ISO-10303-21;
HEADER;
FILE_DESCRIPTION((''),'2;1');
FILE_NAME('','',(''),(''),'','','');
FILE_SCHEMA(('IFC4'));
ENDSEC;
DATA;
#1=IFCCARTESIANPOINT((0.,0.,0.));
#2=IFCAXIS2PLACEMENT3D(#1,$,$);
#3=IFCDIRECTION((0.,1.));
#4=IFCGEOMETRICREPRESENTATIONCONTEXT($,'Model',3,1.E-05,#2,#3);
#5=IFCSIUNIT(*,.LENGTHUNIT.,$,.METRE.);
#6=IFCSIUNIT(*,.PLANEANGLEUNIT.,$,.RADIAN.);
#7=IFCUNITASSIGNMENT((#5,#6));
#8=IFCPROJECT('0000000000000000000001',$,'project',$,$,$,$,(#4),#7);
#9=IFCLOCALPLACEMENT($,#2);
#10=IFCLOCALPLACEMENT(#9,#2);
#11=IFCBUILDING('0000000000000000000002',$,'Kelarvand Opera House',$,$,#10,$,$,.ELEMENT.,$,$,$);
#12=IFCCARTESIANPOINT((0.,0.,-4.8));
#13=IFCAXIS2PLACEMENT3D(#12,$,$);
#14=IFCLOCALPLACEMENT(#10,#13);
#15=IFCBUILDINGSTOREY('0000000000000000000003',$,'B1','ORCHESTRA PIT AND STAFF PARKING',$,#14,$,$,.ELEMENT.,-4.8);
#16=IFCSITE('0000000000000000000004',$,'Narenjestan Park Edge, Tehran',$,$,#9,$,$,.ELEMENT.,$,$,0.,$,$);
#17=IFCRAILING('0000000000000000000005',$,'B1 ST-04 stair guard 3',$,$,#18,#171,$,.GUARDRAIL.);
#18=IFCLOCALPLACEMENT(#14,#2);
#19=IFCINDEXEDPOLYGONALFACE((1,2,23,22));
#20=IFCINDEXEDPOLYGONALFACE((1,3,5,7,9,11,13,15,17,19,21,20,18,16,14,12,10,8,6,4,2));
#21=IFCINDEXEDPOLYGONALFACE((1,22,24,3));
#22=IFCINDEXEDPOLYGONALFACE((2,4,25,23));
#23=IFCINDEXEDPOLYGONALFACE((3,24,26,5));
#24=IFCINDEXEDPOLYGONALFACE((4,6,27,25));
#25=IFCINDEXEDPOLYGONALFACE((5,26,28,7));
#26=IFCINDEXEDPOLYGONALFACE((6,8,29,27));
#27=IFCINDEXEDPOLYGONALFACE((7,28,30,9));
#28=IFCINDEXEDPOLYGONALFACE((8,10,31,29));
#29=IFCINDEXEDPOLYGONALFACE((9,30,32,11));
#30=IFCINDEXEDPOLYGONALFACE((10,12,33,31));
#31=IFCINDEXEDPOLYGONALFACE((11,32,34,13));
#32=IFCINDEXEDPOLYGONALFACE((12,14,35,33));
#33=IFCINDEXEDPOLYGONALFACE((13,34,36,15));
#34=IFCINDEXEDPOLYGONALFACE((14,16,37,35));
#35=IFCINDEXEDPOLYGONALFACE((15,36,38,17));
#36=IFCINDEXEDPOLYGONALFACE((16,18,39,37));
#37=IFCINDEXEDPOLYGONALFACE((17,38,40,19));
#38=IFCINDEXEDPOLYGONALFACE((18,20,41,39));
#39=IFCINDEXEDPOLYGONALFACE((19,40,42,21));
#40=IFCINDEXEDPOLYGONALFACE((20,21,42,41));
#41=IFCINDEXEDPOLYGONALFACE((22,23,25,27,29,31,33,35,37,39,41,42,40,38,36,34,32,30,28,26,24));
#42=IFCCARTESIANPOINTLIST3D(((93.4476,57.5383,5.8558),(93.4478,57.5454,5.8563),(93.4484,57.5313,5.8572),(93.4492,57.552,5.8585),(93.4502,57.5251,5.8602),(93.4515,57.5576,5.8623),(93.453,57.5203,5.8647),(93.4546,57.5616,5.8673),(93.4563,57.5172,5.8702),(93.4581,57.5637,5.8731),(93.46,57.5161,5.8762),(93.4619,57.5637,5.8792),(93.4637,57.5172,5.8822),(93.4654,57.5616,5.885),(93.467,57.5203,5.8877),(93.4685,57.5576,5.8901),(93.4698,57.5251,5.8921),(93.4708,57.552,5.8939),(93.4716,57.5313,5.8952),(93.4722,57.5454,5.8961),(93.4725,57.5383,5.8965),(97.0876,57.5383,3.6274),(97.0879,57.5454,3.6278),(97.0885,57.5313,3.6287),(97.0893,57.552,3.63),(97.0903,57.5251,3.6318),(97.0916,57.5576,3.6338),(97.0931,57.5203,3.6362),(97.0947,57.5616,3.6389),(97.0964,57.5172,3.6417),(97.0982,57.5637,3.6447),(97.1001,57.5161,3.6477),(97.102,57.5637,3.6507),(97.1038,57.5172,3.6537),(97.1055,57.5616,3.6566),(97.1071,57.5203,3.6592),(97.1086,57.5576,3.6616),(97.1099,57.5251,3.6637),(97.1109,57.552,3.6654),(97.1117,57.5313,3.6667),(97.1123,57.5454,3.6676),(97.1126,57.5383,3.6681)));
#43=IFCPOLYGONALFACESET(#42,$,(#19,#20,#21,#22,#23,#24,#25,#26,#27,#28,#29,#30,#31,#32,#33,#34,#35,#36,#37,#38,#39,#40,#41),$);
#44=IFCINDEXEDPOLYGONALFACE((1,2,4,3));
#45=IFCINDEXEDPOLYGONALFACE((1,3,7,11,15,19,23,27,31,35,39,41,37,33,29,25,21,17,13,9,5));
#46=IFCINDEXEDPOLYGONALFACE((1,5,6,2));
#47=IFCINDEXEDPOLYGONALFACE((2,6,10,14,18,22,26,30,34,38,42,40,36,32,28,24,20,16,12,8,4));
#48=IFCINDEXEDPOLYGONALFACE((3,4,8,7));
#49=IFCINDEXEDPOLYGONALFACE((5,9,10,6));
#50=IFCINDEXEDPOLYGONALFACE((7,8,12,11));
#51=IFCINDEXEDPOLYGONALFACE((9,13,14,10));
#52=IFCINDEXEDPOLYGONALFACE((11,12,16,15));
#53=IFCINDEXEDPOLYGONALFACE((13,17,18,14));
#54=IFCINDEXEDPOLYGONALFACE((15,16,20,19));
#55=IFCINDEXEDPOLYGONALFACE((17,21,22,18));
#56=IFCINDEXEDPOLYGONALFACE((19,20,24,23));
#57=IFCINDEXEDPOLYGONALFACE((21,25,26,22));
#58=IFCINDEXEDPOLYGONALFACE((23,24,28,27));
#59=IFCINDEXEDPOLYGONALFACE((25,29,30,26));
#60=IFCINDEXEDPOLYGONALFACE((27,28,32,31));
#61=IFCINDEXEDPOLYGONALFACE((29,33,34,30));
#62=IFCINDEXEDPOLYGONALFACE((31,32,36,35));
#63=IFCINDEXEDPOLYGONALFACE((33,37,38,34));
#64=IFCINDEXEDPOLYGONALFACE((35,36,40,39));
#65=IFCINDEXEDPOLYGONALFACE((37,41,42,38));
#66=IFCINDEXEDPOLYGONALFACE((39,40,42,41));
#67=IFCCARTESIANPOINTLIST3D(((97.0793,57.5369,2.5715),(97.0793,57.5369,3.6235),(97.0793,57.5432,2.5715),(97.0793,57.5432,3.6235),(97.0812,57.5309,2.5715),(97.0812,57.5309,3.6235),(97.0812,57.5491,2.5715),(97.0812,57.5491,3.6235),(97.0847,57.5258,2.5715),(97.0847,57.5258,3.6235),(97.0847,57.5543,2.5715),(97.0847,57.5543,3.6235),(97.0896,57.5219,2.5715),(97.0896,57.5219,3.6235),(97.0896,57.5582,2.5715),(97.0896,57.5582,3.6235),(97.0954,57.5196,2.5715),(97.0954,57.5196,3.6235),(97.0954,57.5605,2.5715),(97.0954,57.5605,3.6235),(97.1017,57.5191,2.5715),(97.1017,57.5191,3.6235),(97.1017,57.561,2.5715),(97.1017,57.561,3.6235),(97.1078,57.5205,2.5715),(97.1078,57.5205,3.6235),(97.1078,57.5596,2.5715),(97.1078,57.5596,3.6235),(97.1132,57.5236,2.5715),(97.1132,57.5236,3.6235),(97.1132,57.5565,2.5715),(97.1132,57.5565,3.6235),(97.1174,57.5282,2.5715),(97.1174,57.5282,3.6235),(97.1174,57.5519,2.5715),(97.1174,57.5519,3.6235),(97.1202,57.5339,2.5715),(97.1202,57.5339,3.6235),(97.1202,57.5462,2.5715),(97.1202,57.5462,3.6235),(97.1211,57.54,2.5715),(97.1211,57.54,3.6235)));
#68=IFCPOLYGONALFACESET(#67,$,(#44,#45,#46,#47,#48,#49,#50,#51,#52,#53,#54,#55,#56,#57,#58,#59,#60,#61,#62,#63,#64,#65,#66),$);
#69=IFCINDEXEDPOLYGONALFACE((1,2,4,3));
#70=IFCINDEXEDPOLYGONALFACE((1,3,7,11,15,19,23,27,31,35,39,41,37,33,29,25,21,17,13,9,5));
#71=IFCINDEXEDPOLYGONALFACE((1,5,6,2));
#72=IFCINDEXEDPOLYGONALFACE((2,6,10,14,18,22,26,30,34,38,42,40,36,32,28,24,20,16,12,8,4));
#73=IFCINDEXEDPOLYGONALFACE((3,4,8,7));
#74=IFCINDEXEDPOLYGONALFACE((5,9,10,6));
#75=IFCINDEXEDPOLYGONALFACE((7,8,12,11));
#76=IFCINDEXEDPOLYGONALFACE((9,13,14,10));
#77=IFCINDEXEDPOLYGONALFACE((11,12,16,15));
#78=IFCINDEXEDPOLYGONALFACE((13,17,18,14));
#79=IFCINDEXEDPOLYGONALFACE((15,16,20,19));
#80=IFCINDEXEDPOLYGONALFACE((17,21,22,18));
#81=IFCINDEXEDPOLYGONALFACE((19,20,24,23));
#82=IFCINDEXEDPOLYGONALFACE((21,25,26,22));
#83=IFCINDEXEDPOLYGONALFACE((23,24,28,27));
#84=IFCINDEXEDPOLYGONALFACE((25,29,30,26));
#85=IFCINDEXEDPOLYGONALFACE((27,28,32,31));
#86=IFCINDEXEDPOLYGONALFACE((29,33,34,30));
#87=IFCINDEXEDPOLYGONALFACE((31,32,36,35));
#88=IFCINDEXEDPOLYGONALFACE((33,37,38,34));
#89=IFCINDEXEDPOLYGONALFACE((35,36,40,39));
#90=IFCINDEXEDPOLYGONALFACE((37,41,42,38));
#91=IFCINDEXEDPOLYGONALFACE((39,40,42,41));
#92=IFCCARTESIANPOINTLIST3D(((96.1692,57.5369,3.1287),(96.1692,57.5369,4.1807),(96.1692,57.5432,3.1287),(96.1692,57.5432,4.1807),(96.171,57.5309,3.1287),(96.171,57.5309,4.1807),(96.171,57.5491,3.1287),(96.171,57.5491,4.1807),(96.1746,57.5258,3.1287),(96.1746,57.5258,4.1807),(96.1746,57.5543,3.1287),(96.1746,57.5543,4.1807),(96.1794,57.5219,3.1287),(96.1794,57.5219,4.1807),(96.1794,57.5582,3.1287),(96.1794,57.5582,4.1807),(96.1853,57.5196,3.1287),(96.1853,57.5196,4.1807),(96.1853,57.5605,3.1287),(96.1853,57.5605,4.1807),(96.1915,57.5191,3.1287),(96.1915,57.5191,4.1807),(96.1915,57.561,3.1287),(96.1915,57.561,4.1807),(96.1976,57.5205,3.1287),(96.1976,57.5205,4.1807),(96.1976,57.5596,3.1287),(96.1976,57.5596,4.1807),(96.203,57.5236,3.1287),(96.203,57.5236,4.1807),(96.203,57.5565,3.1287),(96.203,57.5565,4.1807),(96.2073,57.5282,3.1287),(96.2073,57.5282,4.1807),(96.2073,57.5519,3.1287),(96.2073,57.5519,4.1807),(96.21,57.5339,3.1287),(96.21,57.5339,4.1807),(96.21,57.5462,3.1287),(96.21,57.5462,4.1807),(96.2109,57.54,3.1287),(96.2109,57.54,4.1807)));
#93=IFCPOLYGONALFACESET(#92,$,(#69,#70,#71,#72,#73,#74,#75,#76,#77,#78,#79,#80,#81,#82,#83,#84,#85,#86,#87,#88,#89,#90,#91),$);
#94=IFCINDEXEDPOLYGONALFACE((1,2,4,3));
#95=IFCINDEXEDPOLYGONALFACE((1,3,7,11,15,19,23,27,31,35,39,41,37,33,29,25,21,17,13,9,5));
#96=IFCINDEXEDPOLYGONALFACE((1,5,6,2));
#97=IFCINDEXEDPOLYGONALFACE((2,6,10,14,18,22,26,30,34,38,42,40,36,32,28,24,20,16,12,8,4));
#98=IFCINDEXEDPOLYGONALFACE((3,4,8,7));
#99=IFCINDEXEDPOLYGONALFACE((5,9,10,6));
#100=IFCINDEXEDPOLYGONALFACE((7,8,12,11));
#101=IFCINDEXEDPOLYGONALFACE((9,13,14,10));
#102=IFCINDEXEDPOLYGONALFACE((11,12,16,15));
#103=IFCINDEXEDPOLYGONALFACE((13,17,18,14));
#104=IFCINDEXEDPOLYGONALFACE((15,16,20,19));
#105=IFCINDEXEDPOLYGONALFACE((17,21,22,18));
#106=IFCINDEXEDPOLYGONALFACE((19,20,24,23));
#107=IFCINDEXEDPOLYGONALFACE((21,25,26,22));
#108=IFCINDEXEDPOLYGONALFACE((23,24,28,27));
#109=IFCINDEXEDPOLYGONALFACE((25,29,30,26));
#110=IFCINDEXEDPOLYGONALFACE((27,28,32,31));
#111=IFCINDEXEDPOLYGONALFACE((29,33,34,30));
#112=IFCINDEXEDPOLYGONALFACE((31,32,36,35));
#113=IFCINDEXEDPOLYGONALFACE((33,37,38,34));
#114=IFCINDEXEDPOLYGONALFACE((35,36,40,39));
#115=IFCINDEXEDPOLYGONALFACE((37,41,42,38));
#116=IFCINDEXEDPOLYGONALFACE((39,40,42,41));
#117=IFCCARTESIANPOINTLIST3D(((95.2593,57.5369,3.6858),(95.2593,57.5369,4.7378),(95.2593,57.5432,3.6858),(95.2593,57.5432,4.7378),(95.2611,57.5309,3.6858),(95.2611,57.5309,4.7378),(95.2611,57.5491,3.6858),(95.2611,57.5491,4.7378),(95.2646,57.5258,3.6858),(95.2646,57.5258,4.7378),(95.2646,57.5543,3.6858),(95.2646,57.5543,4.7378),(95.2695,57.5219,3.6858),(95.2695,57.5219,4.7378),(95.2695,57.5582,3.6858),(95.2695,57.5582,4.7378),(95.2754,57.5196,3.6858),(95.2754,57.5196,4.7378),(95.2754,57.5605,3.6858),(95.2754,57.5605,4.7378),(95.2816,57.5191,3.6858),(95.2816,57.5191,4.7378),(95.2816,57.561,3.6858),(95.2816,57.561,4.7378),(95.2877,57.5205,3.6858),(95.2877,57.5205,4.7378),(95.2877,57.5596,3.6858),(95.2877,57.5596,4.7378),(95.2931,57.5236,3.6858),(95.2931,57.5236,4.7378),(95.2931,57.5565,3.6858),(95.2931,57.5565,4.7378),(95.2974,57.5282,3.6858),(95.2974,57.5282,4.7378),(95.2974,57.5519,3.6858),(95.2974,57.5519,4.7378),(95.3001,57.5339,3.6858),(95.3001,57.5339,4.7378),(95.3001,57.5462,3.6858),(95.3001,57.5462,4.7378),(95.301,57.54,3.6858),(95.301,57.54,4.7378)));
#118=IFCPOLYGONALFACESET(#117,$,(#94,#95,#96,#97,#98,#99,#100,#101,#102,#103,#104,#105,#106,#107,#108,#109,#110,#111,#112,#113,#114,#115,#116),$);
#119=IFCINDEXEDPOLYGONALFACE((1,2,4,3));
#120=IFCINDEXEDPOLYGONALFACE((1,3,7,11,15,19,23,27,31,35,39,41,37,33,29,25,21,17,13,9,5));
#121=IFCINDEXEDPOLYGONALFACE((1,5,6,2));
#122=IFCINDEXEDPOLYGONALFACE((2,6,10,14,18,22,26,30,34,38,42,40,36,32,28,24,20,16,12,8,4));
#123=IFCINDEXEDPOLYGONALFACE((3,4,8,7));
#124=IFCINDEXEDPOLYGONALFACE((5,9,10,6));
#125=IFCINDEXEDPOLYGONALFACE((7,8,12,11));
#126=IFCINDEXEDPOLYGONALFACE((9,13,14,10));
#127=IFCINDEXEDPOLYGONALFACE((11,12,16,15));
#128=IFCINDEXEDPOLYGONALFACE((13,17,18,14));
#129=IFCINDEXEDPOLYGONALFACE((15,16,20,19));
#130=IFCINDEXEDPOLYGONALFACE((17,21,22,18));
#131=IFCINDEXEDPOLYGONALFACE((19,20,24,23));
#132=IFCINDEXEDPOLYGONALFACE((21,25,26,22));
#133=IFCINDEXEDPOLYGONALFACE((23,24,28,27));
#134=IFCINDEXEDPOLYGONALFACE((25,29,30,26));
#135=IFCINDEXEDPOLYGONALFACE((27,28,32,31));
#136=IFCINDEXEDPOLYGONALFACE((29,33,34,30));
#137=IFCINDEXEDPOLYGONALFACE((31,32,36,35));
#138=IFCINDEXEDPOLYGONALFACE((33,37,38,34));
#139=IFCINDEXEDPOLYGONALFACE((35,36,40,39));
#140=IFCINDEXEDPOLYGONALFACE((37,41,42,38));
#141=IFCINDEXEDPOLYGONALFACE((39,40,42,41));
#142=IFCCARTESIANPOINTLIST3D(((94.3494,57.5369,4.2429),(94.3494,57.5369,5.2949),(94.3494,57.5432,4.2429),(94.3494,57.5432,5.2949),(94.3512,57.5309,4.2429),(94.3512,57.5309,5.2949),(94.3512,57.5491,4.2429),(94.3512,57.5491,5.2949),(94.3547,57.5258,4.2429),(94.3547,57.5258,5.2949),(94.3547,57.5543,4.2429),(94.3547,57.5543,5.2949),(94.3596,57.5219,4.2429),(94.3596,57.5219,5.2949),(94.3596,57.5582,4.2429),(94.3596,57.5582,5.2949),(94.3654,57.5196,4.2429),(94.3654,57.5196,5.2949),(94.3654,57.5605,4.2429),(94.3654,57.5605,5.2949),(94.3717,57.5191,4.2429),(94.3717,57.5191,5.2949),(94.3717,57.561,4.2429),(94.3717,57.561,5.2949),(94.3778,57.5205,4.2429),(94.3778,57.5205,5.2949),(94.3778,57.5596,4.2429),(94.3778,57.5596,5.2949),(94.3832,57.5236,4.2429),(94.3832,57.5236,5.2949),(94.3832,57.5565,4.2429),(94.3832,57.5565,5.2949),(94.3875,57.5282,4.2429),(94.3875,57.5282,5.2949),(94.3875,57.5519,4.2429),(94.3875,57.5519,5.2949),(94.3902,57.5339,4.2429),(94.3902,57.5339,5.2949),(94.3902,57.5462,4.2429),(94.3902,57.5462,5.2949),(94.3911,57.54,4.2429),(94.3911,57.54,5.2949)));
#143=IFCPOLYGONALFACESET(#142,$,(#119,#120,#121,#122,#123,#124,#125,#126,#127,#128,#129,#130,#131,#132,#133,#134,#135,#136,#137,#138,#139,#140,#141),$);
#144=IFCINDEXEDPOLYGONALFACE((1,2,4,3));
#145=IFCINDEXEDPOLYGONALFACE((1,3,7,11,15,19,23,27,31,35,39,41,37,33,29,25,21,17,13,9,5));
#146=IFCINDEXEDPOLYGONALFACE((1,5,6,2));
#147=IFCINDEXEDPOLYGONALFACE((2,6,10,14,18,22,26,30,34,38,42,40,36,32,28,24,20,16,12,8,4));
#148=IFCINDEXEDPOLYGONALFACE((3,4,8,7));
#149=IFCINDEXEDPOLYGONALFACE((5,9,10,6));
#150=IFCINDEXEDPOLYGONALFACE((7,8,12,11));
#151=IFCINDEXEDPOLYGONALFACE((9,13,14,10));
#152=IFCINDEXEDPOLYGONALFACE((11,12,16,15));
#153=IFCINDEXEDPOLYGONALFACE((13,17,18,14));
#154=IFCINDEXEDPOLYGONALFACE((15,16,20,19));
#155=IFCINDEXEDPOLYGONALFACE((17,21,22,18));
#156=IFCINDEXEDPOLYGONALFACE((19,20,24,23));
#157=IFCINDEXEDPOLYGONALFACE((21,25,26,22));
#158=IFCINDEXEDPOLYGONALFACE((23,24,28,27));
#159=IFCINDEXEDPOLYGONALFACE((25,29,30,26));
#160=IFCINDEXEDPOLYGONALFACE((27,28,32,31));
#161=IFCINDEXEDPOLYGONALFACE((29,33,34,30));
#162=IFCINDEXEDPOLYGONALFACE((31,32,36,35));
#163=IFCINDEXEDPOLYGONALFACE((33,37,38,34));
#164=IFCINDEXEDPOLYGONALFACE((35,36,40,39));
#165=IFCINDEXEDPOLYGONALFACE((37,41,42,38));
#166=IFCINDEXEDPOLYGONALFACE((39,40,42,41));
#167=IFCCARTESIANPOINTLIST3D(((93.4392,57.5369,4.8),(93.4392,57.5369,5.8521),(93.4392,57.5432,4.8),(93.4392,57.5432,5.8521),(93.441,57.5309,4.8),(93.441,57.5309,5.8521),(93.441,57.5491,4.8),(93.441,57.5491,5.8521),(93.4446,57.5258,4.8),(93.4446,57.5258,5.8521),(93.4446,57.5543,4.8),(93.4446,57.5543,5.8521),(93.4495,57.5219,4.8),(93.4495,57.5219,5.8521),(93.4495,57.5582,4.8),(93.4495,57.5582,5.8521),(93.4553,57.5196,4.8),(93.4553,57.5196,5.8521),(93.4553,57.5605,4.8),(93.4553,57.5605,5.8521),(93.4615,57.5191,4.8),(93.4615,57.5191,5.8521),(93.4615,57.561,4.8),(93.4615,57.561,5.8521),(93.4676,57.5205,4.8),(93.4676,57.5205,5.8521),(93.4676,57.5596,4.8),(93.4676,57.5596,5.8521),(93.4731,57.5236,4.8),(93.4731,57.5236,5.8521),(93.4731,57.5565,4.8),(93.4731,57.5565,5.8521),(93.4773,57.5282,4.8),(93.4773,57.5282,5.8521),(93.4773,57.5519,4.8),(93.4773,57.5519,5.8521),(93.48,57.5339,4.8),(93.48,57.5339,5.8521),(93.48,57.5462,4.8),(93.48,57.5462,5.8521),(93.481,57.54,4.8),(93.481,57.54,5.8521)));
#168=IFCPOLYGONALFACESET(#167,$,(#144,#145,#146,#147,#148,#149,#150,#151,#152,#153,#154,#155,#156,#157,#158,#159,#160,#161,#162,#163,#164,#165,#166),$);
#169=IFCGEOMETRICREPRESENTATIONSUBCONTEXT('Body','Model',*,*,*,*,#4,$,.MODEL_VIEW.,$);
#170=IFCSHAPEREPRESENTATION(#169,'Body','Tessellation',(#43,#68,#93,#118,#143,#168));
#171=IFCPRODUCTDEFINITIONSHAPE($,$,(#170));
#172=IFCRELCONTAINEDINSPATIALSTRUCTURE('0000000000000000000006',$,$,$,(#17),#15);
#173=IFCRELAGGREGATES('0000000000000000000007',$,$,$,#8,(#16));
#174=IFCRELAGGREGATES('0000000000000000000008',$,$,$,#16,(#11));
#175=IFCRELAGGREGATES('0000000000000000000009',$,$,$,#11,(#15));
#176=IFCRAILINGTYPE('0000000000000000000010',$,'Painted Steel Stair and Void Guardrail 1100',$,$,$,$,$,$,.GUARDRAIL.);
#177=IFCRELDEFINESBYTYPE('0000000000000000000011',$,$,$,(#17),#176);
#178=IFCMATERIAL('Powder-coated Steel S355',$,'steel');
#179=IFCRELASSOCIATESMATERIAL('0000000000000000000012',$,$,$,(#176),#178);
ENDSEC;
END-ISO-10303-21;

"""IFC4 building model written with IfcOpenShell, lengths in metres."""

from ifc_helpers import new_model, si_unit, direction, frame, origin, origin_2d, place, context, subcontext, project, spatial, circle, extrude, material, type_object, element, save


model = new_model("IFC4")

# Units and contexts
model_context = context("Model", 3, precision=1e-05, world=origin(), true_north=direction((0.0, 1.0)))
body_context = subcontext(model_context, "Body", "Model", "MODEL_VIEW")
ifc_project = project(units=[si_unit("LENGTHUNIT", "METRE"), si_unit("PLANEANGLEUNIT", "RADIAN")], contexts=[model_context])

# Site, building, storey
site_placement = place(None, origin())
site = spatial("IfcSite", under=ifc_project, at=site_placement, Name="Narenjestan Park Edge, Tehran", CompositionType="ELEMENT", RefElevation=0.0)
building_placement = place(site_placement, origin())
building = spatial("IfcBuilding", under=site, at=building_placement, Name="Kelarvand Opera House", CompositionType="ELEMENT")
storey_placement = place(building_placement, frame((0.0, 0.0, -4.8)))
storey = spatial("IfcBuildingStorey", under=building, at=storey_placement, Name="B1", Description="ORCHESTRA PIT AND STAFF PARKING", CompositionType="ELEMENT", Elevation=-4.8)

# Railing
ifc_material_1 = material(Name="Powder-coated Steel S355", Category="steel")
railing_type_1 = type_object("IfcRailingType", Name="Painted Steel Stair and Void Guardrail 1100", PredefinedType="GUARDRAIL", material=ifc_material_1)
railing_1_placement = place(storey_placement, frame((97.1001, 57.54, 2.5715)))
element("IfcRailing", 1, at=railing_1_placement, inside=storey, type_object=railing_type_1, Name="B1 ST-04 stair guard 3", PredefinedType="GUARDRAIL", context=body_context, shape_type="SweptSolid", body=[
    extrude(circle(Radius=0.0239, at=origin_2d()), frame((0.0, 0.0, 1.0762), z_axis=(-0.852866, 0.0, 0.52213), x_axis=(0.0, -1.0, 0.0)), (0.0, 0.0, 1.0), 4.2681),
    extrude(circle(Radius=0.021, at=origin_2d()), origin(), (0.0, 0.0, 1.0), 1.052),
    extrude(circle(Radius=0.021, at=origin_2d()), frame((-0.9102, 0.0, 0.5571)), (0.0, 0.0, 1.0), 1.052),
    extrude(circle(Radius=0.021, at=origin_2d()), frame((-1.8201, 0.0, 1.1143)), (0.0, 0.0, 1.0), 1.052),
    extrude(circle(Radius=0.021, at=origin_2d()), frame((-2.73, 0.0, 1.6714)), (0.0, 0.0, 1.0), 1.052),
    extrude(circle(Radius=0.021, at=origin_2d()), frame((-3.6401, 0.0, 2.2285)), (0.0, 0.0, 1.0), 1.052),
])

save(model, "model.ifc")
